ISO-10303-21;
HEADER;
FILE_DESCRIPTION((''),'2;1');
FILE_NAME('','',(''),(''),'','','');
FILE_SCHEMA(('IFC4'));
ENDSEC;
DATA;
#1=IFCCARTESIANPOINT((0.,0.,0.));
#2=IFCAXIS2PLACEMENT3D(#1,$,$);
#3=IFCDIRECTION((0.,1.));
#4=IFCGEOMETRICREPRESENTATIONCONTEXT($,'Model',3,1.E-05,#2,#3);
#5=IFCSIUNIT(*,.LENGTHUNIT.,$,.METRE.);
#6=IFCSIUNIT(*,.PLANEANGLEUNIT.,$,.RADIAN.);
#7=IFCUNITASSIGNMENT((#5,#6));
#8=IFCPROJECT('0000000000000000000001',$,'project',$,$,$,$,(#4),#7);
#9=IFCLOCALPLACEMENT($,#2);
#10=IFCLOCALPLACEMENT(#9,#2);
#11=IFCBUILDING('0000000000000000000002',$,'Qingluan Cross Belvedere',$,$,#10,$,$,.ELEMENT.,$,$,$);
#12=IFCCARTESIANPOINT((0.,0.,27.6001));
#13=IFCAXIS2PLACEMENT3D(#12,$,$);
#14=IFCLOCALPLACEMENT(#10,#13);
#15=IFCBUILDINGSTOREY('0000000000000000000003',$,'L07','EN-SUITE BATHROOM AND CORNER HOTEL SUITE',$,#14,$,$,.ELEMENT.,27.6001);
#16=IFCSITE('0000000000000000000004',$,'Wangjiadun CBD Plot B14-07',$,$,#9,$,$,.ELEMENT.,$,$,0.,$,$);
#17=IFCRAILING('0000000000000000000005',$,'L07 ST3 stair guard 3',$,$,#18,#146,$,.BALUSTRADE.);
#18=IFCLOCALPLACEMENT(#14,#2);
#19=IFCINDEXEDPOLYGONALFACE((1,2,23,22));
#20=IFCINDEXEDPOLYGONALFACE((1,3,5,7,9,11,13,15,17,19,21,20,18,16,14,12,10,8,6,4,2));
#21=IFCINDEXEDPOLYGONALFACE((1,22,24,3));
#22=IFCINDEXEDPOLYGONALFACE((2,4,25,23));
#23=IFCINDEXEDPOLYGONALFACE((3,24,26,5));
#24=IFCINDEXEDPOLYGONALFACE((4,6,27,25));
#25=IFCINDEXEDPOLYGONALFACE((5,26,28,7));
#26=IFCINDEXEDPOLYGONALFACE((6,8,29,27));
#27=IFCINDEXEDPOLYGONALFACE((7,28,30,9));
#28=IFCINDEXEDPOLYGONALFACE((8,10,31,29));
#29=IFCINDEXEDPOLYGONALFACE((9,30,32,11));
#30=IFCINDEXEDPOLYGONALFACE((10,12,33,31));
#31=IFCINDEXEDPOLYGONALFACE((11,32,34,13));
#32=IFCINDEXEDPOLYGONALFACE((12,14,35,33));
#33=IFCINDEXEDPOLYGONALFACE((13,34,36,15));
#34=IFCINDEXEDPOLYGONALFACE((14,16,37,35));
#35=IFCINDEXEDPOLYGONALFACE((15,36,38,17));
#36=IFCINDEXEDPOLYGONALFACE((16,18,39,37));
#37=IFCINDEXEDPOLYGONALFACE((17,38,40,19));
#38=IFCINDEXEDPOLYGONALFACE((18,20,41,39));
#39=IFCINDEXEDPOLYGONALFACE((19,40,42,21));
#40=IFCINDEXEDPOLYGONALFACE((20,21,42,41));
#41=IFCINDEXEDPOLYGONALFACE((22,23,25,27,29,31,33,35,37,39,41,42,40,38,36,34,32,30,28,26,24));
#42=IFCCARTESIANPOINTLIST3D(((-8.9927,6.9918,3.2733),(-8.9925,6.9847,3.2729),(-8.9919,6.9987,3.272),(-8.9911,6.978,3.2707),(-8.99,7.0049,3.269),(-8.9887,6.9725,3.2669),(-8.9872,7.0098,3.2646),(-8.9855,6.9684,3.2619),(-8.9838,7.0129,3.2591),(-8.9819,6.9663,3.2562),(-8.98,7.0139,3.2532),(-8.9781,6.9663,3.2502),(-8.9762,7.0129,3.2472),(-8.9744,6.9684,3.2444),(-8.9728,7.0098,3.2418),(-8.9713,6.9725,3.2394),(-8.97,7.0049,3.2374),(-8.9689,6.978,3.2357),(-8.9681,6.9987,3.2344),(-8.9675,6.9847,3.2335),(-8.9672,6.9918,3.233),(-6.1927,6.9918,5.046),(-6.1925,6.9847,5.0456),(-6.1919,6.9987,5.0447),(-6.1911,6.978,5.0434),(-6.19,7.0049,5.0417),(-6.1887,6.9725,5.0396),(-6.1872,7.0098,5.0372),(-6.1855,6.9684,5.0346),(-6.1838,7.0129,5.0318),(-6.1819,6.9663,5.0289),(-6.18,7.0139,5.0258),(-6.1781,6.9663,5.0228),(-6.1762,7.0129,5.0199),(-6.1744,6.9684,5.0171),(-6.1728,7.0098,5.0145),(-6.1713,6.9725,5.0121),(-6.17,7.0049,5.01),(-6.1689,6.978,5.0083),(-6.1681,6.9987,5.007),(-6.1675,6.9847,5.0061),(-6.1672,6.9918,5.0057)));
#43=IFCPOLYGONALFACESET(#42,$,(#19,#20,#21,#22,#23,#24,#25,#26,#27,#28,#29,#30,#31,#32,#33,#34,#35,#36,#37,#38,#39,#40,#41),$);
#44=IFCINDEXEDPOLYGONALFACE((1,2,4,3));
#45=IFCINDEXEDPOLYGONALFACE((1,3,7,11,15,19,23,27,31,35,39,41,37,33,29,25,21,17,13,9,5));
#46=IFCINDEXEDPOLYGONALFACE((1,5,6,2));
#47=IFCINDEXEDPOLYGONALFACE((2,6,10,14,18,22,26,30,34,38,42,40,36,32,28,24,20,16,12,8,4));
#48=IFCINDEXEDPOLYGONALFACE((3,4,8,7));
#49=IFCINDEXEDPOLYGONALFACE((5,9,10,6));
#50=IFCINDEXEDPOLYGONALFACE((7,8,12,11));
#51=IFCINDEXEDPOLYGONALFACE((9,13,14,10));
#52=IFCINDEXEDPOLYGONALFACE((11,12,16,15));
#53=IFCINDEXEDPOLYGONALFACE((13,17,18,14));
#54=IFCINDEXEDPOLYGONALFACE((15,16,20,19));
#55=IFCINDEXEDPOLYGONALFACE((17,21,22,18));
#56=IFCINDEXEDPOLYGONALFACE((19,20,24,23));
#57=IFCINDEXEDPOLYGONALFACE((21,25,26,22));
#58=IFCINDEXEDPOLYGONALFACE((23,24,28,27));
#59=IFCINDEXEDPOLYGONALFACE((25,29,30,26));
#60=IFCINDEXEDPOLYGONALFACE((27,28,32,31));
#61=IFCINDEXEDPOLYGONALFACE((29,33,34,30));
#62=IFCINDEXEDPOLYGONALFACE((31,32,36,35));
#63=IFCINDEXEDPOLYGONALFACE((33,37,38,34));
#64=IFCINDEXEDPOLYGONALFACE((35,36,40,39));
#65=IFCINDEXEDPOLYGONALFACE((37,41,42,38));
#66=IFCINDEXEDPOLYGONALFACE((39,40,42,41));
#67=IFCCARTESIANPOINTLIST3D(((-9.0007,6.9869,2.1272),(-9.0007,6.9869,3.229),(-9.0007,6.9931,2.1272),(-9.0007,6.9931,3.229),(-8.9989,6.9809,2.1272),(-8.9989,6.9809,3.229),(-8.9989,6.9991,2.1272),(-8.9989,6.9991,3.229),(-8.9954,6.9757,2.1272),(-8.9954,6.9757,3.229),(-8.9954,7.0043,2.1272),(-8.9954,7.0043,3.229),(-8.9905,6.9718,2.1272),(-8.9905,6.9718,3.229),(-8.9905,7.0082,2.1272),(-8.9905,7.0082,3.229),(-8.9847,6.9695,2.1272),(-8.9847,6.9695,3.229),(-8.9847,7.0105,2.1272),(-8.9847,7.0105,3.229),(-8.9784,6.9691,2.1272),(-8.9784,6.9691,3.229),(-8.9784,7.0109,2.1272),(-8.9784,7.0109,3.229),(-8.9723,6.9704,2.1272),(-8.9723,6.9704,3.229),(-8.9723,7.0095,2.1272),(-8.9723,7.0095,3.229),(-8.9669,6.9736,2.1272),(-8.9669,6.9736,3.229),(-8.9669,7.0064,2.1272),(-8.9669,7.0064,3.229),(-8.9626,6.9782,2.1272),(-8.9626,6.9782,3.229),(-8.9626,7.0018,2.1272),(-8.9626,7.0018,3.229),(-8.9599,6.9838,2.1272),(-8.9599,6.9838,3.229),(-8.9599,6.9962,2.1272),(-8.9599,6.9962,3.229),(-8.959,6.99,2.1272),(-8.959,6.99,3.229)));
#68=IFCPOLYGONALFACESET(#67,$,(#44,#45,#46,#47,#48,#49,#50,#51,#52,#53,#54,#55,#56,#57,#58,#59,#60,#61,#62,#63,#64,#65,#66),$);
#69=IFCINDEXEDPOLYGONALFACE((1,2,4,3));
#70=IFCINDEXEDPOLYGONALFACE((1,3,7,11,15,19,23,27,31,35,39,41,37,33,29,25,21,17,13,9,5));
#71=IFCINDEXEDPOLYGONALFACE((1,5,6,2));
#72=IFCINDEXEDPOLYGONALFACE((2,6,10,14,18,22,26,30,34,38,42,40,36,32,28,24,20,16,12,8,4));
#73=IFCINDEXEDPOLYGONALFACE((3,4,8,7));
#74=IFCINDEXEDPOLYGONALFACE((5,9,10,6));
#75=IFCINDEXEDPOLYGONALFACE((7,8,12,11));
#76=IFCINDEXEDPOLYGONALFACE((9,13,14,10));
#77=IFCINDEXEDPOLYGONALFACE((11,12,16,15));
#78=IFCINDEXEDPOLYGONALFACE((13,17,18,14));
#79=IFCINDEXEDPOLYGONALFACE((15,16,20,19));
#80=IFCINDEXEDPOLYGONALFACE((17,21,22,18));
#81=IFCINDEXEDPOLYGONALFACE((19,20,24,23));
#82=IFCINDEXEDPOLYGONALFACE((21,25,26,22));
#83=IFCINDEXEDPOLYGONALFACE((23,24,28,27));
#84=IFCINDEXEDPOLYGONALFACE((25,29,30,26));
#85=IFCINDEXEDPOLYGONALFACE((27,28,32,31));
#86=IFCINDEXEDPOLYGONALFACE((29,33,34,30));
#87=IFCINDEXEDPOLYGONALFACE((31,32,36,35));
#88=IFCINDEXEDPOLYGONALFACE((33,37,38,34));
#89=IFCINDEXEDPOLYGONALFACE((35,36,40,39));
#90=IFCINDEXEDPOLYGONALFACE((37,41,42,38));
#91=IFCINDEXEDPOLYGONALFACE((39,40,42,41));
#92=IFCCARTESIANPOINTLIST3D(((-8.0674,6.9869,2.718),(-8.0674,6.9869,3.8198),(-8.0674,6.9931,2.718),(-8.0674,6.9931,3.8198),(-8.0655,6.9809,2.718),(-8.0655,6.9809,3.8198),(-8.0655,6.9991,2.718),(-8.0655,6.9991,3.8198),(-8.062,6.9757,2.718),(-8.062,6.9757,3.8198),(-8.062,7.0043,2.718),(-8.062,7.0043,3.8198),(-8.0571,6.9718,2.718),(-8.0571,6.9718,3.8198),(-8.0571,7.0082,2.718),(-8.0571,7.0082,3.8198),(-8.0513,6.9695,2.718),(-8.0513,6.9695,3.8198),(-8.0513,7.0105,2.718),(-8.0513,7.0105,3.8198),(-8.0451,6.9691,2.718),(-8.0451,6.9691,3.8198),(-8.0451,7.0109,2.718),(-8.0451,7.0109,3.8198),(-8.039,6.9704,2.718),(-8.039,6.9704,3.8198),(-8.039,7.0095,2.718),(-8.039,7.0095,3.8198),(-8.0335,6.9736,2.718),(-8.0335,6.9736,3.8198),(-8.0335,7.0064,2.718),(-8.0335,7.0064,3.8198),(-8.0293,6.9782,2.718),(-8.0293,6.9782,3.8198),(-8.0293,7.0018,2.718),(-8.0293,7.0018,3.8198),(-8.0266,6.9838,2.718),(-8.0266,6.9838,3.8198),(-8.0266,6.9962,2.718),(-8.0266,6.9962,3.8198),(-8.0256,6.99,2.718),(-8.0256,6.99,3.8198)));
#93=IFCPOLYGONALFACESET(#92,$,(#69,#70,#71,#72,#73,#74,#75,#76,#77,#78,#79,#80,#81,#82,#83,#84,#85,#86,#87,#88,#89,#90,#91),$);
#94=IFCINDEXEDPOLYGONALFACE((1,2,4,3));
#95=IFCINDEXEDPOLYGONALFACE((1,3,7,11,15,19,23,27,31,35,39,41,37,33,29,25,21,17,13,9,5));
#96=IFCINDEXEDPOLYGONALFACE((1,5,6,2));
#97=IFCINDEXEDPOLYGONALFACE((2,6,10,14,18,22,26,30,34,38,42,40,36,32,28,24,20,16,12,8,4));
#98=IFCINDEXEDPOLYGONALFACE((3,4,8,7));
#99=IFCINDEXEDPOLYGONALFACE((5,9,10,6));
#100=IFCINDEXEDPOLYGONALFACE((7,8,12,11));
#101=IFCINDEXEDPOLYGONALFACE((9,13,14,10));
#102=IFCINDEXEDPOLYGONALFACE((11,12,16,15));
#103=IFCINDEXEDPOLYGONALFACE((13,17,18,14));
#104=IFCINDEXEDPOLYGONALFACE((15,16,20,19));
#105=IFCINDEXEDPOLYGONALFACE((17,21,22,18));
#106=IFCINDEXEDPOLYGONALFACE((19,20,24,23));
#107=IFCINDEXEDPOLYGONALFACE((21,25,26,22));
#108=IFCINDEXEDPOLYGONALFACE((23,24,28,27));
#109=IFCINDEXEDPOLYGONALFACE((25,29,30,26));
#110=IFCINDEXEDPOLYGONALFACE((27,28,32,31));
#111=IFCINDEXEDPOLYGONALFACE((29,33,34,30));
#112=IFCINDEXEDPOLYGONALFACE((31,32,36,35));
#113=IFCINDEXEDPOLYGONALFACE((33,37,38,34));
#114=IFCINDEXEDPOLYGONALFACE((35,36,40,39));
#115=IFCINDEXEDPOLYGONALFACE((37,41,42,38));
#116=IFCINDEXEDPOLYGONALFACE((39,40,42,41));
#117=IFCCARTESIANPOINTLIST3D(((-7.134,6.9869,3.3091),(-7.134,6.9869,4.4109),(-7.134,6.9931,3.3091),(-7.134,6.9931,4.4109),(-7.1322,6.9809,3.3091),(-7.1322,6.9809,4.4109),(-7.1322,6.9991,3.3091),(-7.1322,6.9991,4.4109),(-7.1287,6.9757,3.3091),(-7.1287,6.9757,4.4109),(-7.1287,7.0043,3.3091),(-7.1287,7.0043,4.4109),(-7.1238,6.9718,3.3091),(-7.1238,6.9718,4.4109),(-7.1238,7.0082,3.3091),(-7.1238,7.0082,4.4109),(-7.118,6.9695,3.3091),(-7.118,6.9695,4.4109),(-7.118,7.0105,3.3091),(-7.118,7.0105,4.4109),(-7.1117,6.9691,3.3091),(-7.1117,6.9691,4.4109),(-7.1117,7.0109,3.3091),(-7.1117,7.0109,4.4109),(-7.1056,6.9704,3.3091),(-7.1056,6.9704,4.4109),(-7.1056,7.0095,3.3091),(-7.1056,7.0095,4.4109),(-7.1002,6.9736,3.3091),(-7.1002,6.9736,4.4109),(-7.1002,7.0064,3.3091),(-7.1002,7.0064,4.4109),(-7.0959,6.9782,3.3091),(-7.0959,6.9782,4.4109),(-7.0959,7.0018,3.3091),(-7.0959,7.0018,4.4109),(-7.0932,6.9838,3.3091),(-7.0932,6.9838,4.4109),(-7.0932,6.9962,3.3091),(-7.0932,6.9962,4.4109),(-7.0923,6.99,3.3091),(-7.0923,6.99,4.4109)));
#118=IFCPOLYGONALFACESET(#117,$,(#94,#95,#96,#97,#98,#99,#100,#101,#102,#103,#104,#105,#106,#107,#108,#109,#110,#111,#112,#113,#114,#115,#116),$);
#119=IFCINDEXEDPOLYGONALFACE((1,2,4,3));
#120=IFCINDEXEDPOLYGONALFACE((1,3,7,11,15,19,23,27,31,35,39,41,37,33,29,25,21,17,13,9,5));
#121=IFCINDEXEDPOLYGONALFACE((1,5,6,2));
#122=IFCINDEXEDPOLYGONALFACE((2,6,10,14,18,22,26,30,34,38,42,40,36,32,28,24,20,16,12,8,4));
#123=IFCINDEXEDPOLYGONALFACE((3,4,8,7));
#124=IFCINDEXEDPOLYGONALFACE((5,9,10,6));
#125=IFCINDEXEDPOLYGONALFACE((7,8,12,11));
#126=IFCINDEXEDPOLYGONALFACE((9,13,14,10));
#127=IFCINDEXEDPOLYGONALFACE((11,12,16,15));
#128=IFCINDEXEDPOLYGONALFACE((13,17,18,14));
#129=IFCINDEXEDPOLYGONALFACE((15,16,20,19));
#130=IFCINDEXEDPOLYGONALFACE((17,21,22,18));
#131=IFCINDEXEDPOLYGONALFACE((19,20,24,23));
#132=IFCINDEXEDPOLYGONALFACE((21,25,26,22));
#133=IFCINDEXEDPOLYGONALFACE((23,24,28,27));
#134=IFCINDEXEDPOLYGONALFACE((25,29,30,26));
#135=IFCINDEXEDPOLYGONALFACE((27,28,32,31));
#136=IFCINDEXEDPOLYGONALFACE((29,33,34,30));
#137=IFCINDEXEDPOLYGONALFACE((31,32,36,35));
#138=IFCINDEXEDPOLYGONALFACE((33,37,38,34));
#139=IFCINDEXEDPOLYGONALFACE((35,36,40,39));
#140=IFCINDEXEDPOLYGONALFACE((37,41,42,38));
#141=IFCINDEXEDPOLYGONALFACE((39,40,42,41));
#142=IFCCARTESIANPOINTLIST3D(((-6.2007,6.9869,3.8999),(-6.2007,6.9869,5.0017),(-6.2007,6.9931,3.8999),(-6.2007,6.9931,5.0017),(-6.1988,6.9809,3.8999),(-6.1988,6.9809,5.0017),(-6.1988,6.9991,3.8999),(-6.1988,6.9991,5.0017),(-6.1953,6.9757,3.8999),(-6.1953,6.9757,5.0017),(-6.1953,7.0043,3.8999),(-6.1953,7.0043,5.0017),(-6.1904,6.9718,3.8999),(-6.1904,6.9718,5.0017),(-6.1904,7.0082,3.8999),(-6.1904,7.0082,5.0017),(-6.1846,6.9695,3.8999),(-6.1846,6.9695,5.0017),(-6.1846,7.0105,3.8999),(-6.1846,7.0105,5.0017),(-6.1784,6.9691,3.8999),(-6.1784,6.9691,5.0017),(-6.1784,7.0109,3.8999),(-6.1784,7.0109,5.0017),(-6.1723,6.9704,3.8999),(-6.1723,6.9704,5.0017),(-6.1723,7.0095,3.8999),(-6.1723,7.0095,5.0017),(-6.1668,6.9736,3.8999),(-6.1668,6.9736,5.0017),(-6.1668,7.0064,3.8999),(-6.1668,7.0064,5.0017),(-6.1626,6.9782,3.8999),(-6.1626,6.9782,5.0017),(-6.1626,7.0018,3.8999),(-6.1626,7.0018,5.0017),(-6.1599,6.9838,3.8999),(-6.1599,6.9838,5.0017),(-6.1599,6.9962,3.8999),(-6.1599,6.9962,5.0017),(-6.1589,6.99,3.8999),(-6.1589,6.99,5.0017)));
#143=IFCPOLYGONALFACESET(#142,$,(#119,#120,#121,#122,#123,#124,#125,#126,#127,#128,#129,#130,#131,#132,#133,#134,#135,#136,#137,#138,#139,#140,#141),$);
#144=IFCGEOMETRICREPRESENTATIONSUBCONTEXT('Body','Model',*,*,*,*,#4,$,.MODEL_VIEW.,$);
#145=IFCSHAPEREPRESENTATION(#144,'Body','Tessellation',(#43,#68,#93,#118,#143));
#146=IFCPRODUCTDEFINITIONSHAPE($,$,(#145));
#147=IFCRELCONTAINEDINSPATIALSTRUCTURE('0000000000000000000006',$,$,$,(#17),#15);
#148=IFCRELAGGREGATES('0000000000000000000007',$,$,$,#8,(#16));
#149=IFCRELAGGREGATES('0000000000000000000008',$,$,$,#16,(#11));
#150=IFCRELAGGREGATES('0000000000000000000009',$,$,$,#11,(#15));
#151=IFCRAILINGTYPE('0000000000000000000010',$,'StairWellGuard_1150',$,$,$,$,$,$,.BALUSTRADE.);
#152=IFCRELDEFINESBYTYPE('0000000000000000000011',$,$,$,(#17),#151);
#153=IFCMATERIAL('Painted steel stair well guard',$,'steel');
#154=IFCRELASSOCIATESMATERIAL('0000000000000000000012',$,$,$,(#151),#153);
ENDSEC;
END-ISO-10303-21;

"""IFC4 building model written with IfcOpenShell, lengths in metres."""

from ifc_helpers import new_model, si_unit, direction, frame, origin, origin_2d, place, context, subcontext, project, spatial, circle, extrude, material, type_object, element, save


model = new_model("IFC4")

# Units and contexts
model_context = context("Model", 3, precision=1e-05, world=origin(), true_north=direction((0.0, 1.0)))
body_context = subcontext(model_context, "Body", "Model", "MODEL_VIEW")
ifc_project = project(units=[si_unit("LENGTHUNIT", "METRE"), si_unit("PLANEANGLEUNIT", "RADIAN")], contexts=[model_context])

# Site, building, storey
site_placement = place(None, origin())
site = spatial("IfcSite", under=ifc_project, at=site_placement, Name="Wangjiadun CBD Plot B14-07", CompositionType="ELEMENT", RefElevation=0.0)
building_placement = place(site_placement, origin())
building = spatial("IfcBuilding", under=site, at=building_placement, Name="Qingluan Cross Belvedere", CompositionType="ELEMENT")
storey_placement = place(building_placement, frame((0.0, 0.0, 27.6001)))
storey = spatial("IfcBuildingStorey", under=building, at=storey_placement, Name="L07", Description="EN-SUITE BATHROOM AND CORNER HOTEL SUITE", CompositionType="ELEMENT", Elevation=27.6001)

# Railing
ifc_material_1 = material(Name="Painted steel stair well guard", Category="steel")
railing_type_1 = type_object("IfcRailingType", Name="StairWellGuard_1150", PredefinedType="BALUSTRADE", material=ifc_material_1)
railing_1_placement = place(storey_placement, frame((-8.98, 6.99, 2.1272)))
element("IfcRailing", 1, at=railing_1_placement, inside=storey, type_object=railing_type_1, Name="L07 ST3 stair guard 3", PredefinedType="BALUSTRADE", context=body_context, shape_type="SweptSolid", body=[
    extrude(circle(Radius=0.0239, at=origin_2d()), frame((0.0, 0.0, 1.126), z_axis=(0.844909, 0.0, 0.53491), x_axis=(0.0, 1.0, 0.0)), (0.0, 0.0, 1.0), 3.314),
    extrude(circle(Radius=0.021, at=origin_2d()), origin(), (0.0, 0.0, 1.0), 1.1018),
    extrude(circle(Radius=0.021, at=origin_2d()), frame((0.9333, 0.0, 0.5908)), (0.0, 0.0, 1.0), 1.1018),
    extrude(circle(Radius=0.021, at=origin_2d()), frame((1.8667, 0.0, 1.1819)), (0.0, 0.0, 1.0), 1.1018),
    extrude(circle(Radius=0.021, at=origin_2d()), frame((2.8, 0.0, 1.7727)), (0.0, 0.0, 1.0), 1.1018),
])

save(model, "model.ifc")
